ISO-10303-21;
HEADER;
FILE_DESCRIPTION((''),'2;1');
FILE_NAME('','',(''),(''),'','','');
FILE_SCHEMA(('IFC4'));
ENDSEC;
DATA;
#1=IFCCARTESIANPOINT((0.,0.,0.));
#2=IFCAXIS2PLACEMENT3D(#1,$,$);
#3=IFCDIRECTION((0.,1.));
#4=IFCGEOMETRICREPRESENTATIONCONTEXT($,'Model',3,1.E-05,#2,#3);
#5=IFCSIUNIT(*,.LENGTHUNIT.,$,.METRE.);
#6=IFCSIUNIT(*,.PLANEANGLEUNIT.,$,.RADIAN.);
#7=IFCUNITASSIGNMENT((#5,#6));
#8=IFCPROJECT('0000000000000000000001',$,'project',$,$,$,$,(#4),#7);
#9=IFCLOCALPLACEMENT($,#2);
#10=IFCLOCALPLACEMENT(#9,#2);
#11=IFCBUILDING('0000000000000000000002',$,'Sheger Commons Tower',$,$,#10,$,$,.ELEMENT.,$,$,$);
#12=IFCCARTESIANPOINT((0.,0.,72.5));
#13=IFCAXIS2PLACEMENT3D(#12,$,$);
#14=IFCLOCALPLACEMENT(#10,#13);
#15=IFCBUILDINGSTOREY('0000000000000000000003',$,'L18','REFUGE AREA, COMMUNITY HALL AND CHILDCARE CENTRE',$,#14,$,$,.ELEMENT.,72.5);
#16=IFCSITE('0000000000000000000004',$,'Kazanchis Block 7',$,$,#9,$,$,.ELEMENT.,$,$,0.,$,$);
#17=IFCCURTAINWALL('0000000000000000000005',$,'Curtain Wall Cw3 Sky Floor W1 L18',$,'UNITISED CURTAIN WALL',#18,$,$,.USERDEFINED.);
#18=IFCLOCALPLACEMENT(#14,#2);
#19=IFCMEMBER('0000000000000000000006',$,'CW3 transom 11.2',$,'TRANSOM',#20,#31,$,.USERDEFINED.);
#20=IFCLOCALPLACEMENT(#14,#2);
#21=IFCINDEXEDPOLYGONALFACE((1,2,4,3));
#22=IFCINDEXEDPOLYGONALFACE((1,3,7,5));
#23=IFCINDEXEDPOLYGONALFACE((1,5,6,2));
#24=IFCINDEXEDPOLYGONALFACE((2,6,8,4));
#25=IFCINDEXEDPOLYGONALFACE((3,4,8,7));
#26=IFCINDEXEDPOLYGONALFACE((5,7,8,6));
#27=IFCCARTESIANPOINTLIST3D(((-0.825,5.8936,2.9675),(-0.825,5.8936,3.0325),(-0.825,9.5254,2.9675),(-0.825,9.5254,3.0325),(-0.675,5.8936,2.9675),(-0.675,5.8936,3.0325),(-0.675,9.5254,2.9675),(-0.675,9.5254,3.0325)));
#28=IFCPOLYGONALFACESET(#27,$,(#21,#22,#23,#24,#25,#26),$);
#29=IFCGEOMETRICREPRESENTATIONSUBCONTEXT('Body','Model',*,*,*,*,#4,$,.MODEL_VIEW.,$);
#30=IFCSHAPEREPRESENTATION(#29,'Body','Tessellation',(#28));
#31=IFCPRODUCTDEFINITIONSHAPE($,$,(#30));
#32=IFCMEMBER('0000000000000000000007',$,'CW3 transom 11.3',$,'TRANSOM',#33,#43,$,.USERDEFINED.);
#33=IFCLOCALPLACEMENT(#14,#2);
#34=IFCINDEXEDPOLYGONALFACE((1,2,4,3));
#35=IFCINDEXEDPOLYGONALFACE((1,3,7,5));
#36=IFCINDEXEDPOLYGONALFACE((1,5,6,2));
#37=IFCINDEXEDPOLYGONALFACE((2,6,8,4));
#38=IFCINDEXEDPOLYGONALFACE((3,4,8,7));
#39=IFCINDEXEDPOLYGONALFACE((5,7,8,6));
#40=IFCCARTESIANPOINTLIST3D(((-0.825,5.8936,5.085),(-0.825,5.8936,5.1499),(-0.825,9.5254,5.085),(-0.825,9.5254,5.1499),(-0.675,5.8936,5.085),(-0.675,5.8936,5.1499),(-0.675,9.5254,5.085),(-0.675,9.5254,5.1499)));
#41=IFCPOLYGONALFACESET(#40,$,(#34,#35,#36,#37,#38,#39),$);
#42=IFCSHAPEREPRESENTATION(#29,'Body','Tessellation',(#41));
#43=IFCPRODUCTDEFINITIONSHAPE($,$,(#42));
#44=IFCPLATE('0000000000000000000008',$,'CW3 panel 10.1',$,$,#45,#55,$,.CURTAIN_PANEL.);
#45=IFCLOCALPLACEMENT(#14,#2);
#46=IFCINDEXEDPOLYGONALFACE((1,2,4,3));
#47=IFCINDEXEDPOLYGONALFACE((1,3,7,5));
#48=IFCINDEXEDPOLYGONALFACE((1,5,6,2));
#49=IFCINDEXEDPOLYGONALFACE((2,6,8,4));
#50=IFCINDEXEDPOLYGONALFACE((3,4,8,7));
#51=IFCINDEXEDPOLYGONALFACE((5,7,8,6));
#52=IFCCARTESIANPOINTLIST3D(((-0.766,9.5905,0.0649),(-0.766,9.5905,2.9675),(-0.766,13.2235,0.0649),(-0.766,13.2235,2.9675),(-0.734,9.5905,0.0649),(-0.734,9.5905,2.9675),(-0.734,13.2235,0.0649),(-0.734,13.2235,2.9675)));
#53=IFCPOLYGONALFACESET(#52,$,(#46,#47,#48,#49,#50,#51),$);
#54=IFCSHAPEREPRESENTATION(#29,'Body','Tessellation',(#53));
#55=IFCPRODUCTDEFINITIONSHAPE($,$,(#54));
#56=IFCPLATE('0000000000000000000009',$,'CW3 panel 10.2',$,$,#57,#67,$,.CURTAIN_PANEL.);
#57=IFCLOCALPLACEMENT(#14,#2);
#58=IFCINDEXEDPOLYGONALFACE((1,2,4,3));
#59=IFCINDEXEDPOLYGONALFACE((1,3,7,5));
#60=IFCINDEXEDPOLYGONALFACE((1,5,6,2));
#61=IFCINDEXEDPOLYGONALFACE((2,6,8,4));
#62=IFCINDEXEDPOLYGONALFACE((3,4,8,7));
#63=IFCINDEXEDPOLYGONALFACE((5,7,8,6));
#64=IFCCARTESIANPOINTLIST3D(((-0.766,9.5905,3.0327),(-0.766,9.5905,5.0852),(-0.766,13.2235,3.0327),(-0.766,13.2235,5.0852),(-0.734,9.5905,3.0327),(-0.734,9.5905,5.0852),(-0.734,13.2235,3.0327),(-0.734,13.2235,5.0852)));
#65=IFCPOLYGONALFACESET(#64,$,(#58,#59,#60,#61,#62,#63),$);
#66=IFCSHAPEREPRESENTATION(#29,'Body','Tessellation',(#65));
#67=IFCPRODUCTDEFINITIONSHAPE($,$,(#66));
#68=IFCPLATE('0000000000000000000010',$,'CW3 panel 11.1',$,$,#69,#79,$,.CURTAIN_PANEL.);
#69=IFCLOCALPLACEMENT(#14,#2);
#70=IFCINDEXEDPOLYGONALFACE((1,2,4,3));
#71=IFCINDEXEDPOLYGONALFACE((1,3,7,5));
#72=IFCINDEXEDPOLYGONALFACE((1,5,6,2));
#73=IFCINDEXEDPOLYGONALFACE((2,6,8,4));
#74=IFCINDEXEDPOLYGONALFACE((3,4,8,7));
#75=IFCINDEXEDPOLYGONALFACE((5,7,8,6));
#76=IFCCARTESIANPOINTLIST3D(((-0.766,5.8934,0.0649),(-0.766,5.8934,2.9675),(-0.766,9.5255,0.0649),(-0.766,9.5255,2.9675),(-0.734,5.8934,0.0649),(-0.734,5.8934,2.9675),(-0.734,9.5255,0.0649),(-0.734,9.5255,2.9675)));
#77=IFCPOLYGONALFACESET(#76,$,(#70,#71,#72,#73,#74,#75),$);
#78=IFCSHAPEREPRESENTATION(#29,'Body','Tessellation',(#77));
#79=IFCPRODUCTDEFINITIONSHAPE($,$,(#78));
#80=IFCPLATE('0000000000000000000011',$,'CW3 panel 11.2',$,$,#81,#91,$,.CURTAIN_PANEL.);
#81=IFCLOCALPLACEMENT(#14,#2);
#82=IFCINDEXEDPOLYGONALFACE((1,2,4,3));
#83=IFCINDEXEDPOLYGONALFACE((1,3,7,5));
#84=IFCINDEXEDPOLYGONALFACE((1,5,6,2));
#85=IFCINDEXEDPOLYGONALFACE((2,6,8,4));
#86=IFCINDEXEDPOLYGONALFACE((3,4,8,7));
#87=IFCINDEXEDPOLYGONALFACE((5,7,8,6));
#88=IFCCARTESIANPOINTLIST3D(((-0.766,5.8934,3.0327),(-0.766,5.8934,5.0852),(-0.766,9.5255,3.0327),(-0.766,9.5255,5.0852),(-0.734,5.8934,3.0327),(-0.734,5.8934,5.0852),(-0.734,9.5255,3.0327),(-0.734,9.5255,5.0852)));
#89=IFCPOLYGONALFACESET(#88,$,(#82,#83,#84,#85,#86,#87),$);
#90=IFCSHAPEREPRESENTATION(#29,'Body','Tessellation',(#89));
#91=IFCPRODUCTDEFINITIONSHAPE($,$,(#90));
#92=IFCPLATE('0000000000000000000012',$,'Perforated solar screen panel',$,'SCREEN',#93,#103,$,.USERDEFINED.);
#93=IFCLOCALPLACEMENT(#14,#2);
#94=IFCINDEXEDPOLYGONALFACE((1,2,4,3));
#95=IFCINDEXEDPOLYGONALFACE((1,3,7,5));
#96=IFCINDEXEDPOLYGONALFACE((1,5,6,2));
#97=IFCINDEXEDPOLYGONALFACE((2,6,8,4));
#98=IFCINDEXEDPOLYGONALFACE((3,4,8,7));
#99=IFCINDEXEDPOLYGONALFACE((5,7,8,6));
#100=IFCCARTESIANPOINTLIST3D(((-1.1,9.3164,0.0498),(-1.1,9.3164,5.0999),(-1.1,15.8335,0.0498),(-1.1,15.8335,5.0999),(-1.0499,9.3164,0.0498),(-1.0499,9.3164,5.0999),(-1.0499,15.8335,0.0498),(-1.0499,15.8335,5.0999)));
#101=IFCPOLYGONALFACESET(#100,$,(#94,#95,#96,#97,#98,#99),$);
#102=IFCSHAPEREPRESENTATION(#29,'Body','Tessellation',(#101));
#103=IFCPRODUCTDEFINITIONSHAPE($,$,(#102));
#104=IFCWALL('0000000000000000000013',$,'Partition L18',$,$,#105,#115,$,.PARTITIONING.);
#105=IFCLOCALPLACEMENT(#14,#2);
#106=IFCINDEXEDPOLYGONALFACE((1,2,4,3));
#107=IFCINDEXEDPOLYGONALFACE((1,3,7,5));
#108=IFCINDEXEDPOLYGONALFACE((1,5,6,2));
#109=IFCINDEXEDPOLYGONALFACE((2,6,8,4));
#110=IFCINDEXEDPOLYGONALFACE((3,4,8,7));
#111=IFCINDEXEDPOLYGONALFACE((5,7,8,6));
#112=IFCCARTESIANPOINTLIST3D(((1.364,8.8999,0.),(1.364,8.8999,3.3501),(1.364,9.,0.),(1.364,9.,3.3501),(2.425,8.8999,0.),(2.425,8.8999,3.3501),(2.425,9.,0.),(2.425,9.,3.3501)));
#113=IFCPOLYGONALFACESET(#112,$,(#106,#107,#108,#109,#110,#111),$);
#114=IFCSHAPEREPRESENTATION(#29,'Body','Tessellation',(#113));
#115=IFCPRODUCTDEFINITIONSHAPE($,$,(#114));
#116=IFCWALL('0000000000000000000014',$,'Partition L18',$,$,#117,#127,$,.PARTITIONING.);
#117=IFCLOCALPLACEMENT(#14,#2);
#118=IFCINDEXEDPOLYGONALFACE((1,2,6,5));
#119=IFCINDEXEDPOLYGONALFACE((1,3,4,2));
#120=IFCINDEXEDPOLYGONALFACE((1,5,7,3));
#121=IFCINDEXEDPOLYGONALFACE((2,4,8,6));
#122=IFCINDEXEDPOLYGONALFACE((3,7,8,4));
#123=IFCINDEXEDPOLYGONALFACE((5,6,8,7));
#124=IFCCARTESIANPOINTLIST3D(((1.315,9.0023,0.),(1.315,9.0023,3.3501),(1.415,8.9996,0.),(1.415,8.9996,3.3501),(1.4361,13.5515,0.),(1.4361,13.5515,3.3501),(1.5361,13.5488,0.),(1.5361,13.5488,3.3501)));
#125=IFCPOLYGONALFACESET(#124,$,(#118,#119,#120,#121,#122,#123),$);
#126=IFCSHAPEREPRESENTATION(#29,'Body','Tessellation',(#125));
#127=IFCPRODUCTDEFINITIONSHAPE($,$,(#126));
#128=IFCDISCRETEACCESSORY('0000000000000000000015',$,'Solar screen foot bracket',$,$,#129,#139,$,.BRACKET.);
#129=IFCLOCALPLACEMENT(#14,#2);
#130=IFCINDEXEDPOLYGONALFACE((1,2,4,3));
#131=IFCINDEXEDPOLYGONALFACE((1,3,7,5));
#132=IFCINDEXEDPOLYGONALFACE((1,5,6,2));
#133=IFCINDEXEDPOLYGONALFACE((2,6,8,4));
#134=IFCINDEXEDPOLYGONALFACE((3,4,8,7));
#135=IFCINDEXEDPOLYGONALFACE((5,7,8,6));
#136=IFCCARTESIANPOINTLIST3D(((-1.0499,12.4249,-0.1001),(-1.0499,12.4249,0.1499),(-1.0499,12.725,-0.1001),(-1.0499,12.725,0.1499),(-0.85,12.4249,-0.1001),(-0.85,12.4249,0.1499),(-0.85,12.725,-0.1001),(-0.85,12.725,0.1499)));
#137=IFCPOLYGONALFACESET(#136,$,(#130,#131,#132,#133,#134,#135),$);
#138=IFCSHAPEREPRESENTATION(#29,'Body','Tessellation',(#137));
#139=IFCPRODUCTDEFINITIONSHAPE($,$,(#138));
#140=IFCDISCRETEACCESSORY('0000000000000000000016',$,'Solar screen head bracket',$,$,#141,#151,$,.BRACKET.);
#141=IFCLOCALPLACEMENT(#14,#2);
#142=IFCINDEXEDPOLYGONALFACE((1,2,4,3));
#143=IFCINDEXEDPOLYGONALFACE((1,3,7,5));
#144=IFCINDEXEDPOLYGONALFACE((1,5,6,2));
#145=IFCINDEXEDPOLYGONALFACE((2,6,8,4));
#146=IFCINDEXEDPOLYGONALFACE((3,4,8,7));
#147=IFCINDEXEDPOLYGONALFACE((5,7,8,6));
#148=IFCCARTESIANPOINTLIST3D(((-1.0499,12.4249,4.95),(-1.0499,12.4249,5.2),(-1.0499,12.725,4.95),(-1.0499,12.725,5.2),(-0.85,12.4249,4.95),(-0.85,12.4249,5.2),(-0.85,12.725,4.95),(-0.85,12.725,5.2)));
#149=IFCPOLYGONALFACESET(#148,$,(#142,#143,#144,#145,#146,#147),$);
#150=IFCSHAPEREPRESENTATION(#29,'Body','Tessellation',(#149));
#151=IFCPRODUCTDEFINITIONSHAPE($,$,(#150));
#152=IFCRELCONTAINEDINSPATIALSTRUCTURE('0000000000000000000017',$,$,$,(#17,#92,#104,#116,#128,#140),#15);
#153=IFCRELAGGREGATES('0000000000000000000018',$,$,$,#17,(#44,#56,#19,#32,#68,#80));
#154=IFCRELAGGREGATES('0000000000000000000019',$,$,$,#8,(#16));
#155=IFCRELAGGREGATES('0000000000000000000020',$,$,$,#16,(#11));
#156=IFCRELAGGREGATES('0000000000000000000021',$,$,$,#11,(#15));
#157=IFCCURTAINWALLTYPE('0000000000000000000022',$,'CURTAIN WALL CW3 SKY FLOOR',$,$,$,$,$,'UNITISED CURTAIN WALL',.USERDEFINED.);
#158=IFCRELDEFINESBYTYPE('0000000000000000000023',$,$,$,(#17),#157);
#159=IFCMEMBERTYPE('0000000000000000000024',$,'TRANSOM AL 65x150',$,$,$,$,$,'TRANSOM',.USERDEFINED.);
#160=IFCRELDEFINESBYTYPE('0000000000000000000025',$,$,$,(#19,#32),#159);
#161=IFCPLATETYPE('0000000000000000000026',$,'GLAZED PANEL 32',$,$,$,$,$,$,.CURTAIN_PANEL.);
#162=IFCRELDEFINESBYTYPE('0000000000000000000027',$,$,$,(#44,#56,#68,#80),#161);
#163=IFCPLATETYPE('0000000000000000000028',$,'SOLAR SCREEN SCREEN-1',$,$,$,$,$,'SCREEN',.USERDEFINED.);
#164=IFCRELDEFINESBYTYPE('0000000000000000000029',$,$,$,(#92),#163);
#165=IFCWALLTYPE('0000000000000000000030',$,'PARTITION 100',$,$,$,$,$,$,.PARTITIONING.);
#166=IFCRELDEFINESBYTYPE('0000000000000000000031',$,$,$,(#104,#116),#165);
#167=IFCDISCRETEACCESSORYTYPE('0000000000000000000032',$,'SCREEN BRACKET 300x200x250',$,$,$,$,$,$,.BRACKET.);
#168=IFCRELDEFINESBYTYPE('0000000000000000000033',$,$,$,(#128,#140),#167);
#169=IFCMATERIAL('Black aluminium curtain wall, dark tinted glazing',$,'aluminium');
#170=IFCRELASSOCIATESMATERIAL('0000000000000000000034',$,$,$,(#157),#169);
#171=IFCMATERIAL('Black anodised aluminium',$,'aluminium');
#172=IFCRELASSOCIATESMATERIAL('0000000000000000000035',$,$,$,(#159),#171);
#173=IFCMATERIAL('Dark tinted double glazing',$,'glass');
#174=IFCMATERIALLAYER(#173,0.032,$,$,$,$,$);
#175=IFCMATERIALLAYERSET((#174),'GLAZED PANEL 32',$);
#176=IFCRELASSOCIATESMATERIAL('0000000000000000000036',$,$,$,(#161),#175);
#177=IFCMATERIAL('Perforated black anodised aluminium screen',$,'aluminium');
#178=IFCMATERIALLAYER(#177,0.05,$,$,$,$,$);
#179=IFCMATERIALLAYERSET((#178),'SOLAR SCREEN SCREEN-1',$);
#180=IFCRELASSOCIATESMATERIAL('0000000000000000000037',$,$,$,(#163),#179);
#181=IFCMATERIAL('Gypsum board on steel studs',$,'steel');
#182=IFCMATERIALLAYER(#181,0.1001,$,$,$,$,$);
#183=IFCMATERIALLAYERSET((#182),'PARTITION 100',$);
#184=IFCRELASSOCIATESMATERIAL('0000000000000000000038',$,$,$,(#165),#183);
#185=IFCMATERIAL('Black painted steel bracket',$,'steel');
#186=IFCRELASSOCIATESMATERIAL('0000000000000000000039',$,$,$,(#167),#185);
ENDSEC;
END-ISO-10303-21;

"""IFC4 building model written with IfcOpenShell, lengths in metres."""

from ifc_helpers import new_model, si_unit, direction, frame, frame_2d, origin, origin_2d, place, context, subcontext, project, spatial, rectangle, extrude, material, layer, layer_set, material_profile, profile_set, type_object, element, aggregate, save


model = new_model("IFC4")

# Units and contexts
model_context = context("Model", 3, precision=1e-05, world=origin(), true_north=direction((0.0, 1.0)))
body_context = subcontext(model_context, "Body", "Model", "MODEL_VIEW")
ifc_project = project(units=[si_unit("LENGTHUNIT", "METRE"), si_unit("PLANEANGLEUNIT", "RADIAN")], contexts=[model_context])

# Site, building, storey
site_placement = place(None, origin())
site = spatial("IfcSite", under=ifc_project, at=site_placement, Name="Kazanchis Block 7", CompositionType="ELEMENT", RefElevation=0.0)
building_placement = place(site_placement, origin())
building = spatial("IfcBuilding", under=site, at=building_placement, Name="Sheger Commons Tower", CompositionType="ELEMENT")
storey_placement = place(building_placement, frame((0.0, 0.0, 72.5)))
storey = spatial("IfcBuildingStorey", under=building, at=storey_placement, Name="L18", Description="REFUGE AREA, COMMUNITY HALL AND CHILDCARE CENTRE", CompositionType="ELEMENT", Elevation=72.5)

# Curtain wall
ifc_material_1 = material(Name="Black aluminium curtain wall, dark tinted glazing", Category="aluminium")
curtain_wall_type = type_object("IfcCurtainWallType", Name="CURTAIN WALL CW3 SKY FLOOR", ElementType="UNITISED CURTAIN WALL", PredefinedType="USERDEFINED", material=ifc_material_1)
curtain_wall_placement = place(storey_placement, origin())
curtain_wall = element("IfcCurtainWall", 1, at=curtain_wall_placement, inside=storey, type_object=curtain_wall_type, Name="Curtain Wall Cw3 Sky Floor W1 L18", ObjectType="UNITISED CURTAIN WALL", PredefinedType="USERDEFINED")

# Members
ifc_material_2 = material(Name="Black anodised aluminium", Category="aluminium")
ifc_material_profile_1 = material_profile(ifc_material_2, rectangle(XDim=0.1499, YDim=0.0649, at=origin_2d()), Name="AL 65x150")
ifc_profile_set_1 = profile_set([ifc_material_profile_1], Name="Black anodised aluminium")
member_type_1 = type_object("IfcMemberType", Name="TRANSOM AL 65x150", ElementType="TRANSOM", PredefinedType="USERDEFINED", material=ifc_profile_set_1)
member_1_placement = place(storey_placement, frame((-0.75, 9.5254, 3.0), z_axis=(0.0, -1.0, 0.0), x_axis=(1.0, 0.0, 0.0)))
member_1 = element("IfcMember", 2, at=member_1_placement, type_object=member_type_1, Name="CW3 transom 11.2", ObjectType="TRANSOM", PredefinedType="USERDEFINED", context=body_context, shape_type="SweptSolid", body=[
    extrude(rectangle(XDim=0.1499, YDim=0.0649, at=origin_2d()), origin(), (0.0, 0.0, 1.0), 3.6318),
])
member_2_placement = place(storey_placement, frame((-0.75, 9.5254, 5.1174), z_axis=(0.0, -1.0, 0.0), x_axis=(1.0, 0.0, 0.0)))
member_2 = element("IfcMember", 3, at=member_2_placement, type_object=member_type_1, Name="CW3 transom 11.3", ObjectType="TRANSOM", PredefinedType="USERDEFINED", context=body_context, shape_type="SweptSolid", body=[
    extrude(rectangle(XDim=0.1499, YDim=0.0649, at=origin_2d()), origin(), (0.0, 0.0, 1.0), 3.6318),
])

# Plates
ifc_material_3 = material(Name="Dark tinted double glazing", Category="glass")
ifc_layer_1 = layer(ifc_material_3, 0.032)
ifc_layer_set_1 = layer_set([ifc_layer_1], Name="GLAZED PANEL 32")
plate_type_1 = type_object("IfcPlateType", Name="GLAZED PANEL 32", PredefinedType="CURTAIN_PANEL", material=ifc_layer_set_1)
plate_1_placement = place(storey_placement, frame((-0.75, 11.407, 0.0649), z_axis=(0.0, 0.0, 1.0), x_axis=(0.0, -1.0, 0.0)))
plate_1 = element("IfcPlate", 4, at=plate_1_placement, type_object=plate_type_1, Name="CW3 panel 10.1", PredefinedType="CURTAIN_PANEL", context=body_context, shape_type="SweptSolid", body=[
    extrude(rectangle(XDim=3.6331, YDim=0.032, at=origin_2d()), origin(), (0.0, 0.0, 1.0), 2.9026),
])
plate_2_placement = place(storey_placement, frame((-0.75, 11.407, 3.0327), z_axis=(0.0, 0.0, 1.0), x_axis=(0.0, -1.0, 0.0)))
plate_2 = element("IfcPlate", 5, at=plate_2_placement, type_object=plate_type_1, Name="CW3 panel 10.2", PredefinedType="CURTAIN_PANEL", context=body_context, shape_type="SweptSolid", body=[
    extrude(rectangle(XDim=3.6331, YDim=0.032, at=origin_2d()), origin(), (0.0, 0.0, 1.0), 2.0525),
])
plate_3_placement = place(storey_placement, frame((-0.75, 7.7095, 0.0649), z_axis=(0.0, 0.0, 1.0), x_axis=(0.0, -1.0, 0.0)))
plate_3 = element("IfcPlate", 6, at=plate_3_placement, type_object=plate_type_1, Name="CW3 panel 11.1", PredefinedType="CURTAIN_PANEL", context=body_context, shape_type="SweptSolid", body=[
    extrude(rectangle(XDim=3.6321, YDim=0.032, at=origin_2d()), origin(), (0.0, 0.0, 1.0), 2.9026),
])
plate_4_placement = place(storey_placement, frame((-0.75, 7.7095, 3.0327), z_axis=(0.0, 0.0, 1.0), x_axis=(0.0, -1.0, 0.0)))
plate_4 = element("IfcPlate", 7, at=plate_4_placement, type_object=plate_type_1, Name="CW3 panel 11.2", PredefinedType="CURTAIN_PANEL", context=body_context, shape_type="SweptSolid", body=[
    extrude(rectangle(XDim=3.6321, YDim=0.032, at=origin_2d()), origin(), (0.0, 0.0, 1.0), 2.0525),
])
aggregate(curtain_wall, [plate_1, plate_2, member_1, member_2, plate_3, plate_4])
ifc_material_4 = material(Name="Perforated black anodised aluminium screen", Category="aluminium")
ifc_layer_2 = layer(ifc_material_4, 0.05)
ifc_layer_set_2 = layer_set([ifc_layer_2], Name="SOLAR SCREEN SCREEN-1")
plate_type_2 = type_object("IfcPlateType", Name="SOLAR SCREEN SCREEN-1", ElementType="SCREEN", PredefinedType="USERDEFINED", material=ifc_layer_set_2)
plate_5_placement = place(storey_placement, frame((-1.075, 12.575, 0.0498), z_axis=(0.0, 0.0, 1.0), x_axis=(0.0, -1.0, 0.0)))
element("IfcPlate", 8, at=plate_5_placement, inside=storey, type_object=plate_type_2, Name="Perforated solar screen panel", ObjectType="SCREEN", PredefinedType="USERDEFINED", context=body_context, shape_type="SweptSolid", body=[
    extrude(rectangle(XDim=6.5171, YDim=0.05, at=origin_2d()), origin(), (0.0, 0.0, 1.0), 5.05),
])

# Walls
ifc_material_5 = material(Name="Gypsum board on steel studs", Category="steel")
ifc_layer_3 = layer(ifc_material_5, 0.1001)
ifc_layer_set_3 = layer_set([ifc_layer_3], Name="PARTITION 100")
wall_type = type_object("IfcWallType", Name="PARTITION 100", PredefinedType="PARTITIONING", material=ifc_layer_set_3)
wall_1_placement = place(storey_placement, frame((2.425, 8.95, 0.0), z_axis=(0.0, 0.0, 1.0), x_axis=(-1.0, 0.0, 0.0)))
element("IfcWall", 9, at=wall_1_placement, inside=storey, type_object=wall_type, Name="Partition L18", PredefinedType="PARTITIONING", context=body_context, shape_type="SweptSolid", body=[
    extrude(rectangle(XDim=1.061, YDim=0.1001, at=frame_2d((0.5305, 0.0))), origin(), (0.0, 0.0, 1.0), 3.3501),
])
wall_2_placement = place(storey_placement, frame((1.365, 9.001, 0.0), z_axis=(0.0, 0.0, 1.0), x_axis=(0.02661, 0.999646, 0.0)))
element("IfcWall", 10, at=wall_2_placement, inside=storey, type_object=wall_type, Name="Partition L18", PredefinedType="PARTITIONING", context=body_context, shape_type="SweptSolid", body=[
    extrude(rectangle(XDim=4.5508, YDim=0.1001, at=frame_2d((2.2754, 0.0))), origin(), (0.0, 0.0, 1.0), 3.3501),
])

# Discrete accessories
ifc_material_6 = material(Name="Black painted steel bracket", Category="steel")
discrete_accessory_type = type_object("IfcDiscreteAccessoryType", Name="SCREEN BRACKET 300x200x250", PredefinedType="BRACKET", material=ifc_material_6)
for number, where, z_axis, x_axis, name in (
    (11, (-0.95, 12.575, -0.1001), (0.0, 0.0, 1.0), (0.0, -1.0, 0.0), "Solar screen foot bracket"),
    (12, (-0.95, 12.575, 4.95), (0.0, 0.0, 1.0), (0.0, -1.0, 0.0), "Solar screen head bracket"),
):
    element("IfcDiscreteAccessory", number, at=place(storey_placement, frame(where, z_axis=z_axis, x_axis=x_axis)), inside=storey, type_object=discrete_accessory_type, Name=name, PredefinedType="BRACKET", context=body_context, shape_type="SweptSolid", body=[
        extrude(rectangle(XDim=0.3, YDim=0.2, at=origin_2d()), origin(), (0.0, 0.0, 1.0), 0.25),
    ])

save(model, "model.ifc")
